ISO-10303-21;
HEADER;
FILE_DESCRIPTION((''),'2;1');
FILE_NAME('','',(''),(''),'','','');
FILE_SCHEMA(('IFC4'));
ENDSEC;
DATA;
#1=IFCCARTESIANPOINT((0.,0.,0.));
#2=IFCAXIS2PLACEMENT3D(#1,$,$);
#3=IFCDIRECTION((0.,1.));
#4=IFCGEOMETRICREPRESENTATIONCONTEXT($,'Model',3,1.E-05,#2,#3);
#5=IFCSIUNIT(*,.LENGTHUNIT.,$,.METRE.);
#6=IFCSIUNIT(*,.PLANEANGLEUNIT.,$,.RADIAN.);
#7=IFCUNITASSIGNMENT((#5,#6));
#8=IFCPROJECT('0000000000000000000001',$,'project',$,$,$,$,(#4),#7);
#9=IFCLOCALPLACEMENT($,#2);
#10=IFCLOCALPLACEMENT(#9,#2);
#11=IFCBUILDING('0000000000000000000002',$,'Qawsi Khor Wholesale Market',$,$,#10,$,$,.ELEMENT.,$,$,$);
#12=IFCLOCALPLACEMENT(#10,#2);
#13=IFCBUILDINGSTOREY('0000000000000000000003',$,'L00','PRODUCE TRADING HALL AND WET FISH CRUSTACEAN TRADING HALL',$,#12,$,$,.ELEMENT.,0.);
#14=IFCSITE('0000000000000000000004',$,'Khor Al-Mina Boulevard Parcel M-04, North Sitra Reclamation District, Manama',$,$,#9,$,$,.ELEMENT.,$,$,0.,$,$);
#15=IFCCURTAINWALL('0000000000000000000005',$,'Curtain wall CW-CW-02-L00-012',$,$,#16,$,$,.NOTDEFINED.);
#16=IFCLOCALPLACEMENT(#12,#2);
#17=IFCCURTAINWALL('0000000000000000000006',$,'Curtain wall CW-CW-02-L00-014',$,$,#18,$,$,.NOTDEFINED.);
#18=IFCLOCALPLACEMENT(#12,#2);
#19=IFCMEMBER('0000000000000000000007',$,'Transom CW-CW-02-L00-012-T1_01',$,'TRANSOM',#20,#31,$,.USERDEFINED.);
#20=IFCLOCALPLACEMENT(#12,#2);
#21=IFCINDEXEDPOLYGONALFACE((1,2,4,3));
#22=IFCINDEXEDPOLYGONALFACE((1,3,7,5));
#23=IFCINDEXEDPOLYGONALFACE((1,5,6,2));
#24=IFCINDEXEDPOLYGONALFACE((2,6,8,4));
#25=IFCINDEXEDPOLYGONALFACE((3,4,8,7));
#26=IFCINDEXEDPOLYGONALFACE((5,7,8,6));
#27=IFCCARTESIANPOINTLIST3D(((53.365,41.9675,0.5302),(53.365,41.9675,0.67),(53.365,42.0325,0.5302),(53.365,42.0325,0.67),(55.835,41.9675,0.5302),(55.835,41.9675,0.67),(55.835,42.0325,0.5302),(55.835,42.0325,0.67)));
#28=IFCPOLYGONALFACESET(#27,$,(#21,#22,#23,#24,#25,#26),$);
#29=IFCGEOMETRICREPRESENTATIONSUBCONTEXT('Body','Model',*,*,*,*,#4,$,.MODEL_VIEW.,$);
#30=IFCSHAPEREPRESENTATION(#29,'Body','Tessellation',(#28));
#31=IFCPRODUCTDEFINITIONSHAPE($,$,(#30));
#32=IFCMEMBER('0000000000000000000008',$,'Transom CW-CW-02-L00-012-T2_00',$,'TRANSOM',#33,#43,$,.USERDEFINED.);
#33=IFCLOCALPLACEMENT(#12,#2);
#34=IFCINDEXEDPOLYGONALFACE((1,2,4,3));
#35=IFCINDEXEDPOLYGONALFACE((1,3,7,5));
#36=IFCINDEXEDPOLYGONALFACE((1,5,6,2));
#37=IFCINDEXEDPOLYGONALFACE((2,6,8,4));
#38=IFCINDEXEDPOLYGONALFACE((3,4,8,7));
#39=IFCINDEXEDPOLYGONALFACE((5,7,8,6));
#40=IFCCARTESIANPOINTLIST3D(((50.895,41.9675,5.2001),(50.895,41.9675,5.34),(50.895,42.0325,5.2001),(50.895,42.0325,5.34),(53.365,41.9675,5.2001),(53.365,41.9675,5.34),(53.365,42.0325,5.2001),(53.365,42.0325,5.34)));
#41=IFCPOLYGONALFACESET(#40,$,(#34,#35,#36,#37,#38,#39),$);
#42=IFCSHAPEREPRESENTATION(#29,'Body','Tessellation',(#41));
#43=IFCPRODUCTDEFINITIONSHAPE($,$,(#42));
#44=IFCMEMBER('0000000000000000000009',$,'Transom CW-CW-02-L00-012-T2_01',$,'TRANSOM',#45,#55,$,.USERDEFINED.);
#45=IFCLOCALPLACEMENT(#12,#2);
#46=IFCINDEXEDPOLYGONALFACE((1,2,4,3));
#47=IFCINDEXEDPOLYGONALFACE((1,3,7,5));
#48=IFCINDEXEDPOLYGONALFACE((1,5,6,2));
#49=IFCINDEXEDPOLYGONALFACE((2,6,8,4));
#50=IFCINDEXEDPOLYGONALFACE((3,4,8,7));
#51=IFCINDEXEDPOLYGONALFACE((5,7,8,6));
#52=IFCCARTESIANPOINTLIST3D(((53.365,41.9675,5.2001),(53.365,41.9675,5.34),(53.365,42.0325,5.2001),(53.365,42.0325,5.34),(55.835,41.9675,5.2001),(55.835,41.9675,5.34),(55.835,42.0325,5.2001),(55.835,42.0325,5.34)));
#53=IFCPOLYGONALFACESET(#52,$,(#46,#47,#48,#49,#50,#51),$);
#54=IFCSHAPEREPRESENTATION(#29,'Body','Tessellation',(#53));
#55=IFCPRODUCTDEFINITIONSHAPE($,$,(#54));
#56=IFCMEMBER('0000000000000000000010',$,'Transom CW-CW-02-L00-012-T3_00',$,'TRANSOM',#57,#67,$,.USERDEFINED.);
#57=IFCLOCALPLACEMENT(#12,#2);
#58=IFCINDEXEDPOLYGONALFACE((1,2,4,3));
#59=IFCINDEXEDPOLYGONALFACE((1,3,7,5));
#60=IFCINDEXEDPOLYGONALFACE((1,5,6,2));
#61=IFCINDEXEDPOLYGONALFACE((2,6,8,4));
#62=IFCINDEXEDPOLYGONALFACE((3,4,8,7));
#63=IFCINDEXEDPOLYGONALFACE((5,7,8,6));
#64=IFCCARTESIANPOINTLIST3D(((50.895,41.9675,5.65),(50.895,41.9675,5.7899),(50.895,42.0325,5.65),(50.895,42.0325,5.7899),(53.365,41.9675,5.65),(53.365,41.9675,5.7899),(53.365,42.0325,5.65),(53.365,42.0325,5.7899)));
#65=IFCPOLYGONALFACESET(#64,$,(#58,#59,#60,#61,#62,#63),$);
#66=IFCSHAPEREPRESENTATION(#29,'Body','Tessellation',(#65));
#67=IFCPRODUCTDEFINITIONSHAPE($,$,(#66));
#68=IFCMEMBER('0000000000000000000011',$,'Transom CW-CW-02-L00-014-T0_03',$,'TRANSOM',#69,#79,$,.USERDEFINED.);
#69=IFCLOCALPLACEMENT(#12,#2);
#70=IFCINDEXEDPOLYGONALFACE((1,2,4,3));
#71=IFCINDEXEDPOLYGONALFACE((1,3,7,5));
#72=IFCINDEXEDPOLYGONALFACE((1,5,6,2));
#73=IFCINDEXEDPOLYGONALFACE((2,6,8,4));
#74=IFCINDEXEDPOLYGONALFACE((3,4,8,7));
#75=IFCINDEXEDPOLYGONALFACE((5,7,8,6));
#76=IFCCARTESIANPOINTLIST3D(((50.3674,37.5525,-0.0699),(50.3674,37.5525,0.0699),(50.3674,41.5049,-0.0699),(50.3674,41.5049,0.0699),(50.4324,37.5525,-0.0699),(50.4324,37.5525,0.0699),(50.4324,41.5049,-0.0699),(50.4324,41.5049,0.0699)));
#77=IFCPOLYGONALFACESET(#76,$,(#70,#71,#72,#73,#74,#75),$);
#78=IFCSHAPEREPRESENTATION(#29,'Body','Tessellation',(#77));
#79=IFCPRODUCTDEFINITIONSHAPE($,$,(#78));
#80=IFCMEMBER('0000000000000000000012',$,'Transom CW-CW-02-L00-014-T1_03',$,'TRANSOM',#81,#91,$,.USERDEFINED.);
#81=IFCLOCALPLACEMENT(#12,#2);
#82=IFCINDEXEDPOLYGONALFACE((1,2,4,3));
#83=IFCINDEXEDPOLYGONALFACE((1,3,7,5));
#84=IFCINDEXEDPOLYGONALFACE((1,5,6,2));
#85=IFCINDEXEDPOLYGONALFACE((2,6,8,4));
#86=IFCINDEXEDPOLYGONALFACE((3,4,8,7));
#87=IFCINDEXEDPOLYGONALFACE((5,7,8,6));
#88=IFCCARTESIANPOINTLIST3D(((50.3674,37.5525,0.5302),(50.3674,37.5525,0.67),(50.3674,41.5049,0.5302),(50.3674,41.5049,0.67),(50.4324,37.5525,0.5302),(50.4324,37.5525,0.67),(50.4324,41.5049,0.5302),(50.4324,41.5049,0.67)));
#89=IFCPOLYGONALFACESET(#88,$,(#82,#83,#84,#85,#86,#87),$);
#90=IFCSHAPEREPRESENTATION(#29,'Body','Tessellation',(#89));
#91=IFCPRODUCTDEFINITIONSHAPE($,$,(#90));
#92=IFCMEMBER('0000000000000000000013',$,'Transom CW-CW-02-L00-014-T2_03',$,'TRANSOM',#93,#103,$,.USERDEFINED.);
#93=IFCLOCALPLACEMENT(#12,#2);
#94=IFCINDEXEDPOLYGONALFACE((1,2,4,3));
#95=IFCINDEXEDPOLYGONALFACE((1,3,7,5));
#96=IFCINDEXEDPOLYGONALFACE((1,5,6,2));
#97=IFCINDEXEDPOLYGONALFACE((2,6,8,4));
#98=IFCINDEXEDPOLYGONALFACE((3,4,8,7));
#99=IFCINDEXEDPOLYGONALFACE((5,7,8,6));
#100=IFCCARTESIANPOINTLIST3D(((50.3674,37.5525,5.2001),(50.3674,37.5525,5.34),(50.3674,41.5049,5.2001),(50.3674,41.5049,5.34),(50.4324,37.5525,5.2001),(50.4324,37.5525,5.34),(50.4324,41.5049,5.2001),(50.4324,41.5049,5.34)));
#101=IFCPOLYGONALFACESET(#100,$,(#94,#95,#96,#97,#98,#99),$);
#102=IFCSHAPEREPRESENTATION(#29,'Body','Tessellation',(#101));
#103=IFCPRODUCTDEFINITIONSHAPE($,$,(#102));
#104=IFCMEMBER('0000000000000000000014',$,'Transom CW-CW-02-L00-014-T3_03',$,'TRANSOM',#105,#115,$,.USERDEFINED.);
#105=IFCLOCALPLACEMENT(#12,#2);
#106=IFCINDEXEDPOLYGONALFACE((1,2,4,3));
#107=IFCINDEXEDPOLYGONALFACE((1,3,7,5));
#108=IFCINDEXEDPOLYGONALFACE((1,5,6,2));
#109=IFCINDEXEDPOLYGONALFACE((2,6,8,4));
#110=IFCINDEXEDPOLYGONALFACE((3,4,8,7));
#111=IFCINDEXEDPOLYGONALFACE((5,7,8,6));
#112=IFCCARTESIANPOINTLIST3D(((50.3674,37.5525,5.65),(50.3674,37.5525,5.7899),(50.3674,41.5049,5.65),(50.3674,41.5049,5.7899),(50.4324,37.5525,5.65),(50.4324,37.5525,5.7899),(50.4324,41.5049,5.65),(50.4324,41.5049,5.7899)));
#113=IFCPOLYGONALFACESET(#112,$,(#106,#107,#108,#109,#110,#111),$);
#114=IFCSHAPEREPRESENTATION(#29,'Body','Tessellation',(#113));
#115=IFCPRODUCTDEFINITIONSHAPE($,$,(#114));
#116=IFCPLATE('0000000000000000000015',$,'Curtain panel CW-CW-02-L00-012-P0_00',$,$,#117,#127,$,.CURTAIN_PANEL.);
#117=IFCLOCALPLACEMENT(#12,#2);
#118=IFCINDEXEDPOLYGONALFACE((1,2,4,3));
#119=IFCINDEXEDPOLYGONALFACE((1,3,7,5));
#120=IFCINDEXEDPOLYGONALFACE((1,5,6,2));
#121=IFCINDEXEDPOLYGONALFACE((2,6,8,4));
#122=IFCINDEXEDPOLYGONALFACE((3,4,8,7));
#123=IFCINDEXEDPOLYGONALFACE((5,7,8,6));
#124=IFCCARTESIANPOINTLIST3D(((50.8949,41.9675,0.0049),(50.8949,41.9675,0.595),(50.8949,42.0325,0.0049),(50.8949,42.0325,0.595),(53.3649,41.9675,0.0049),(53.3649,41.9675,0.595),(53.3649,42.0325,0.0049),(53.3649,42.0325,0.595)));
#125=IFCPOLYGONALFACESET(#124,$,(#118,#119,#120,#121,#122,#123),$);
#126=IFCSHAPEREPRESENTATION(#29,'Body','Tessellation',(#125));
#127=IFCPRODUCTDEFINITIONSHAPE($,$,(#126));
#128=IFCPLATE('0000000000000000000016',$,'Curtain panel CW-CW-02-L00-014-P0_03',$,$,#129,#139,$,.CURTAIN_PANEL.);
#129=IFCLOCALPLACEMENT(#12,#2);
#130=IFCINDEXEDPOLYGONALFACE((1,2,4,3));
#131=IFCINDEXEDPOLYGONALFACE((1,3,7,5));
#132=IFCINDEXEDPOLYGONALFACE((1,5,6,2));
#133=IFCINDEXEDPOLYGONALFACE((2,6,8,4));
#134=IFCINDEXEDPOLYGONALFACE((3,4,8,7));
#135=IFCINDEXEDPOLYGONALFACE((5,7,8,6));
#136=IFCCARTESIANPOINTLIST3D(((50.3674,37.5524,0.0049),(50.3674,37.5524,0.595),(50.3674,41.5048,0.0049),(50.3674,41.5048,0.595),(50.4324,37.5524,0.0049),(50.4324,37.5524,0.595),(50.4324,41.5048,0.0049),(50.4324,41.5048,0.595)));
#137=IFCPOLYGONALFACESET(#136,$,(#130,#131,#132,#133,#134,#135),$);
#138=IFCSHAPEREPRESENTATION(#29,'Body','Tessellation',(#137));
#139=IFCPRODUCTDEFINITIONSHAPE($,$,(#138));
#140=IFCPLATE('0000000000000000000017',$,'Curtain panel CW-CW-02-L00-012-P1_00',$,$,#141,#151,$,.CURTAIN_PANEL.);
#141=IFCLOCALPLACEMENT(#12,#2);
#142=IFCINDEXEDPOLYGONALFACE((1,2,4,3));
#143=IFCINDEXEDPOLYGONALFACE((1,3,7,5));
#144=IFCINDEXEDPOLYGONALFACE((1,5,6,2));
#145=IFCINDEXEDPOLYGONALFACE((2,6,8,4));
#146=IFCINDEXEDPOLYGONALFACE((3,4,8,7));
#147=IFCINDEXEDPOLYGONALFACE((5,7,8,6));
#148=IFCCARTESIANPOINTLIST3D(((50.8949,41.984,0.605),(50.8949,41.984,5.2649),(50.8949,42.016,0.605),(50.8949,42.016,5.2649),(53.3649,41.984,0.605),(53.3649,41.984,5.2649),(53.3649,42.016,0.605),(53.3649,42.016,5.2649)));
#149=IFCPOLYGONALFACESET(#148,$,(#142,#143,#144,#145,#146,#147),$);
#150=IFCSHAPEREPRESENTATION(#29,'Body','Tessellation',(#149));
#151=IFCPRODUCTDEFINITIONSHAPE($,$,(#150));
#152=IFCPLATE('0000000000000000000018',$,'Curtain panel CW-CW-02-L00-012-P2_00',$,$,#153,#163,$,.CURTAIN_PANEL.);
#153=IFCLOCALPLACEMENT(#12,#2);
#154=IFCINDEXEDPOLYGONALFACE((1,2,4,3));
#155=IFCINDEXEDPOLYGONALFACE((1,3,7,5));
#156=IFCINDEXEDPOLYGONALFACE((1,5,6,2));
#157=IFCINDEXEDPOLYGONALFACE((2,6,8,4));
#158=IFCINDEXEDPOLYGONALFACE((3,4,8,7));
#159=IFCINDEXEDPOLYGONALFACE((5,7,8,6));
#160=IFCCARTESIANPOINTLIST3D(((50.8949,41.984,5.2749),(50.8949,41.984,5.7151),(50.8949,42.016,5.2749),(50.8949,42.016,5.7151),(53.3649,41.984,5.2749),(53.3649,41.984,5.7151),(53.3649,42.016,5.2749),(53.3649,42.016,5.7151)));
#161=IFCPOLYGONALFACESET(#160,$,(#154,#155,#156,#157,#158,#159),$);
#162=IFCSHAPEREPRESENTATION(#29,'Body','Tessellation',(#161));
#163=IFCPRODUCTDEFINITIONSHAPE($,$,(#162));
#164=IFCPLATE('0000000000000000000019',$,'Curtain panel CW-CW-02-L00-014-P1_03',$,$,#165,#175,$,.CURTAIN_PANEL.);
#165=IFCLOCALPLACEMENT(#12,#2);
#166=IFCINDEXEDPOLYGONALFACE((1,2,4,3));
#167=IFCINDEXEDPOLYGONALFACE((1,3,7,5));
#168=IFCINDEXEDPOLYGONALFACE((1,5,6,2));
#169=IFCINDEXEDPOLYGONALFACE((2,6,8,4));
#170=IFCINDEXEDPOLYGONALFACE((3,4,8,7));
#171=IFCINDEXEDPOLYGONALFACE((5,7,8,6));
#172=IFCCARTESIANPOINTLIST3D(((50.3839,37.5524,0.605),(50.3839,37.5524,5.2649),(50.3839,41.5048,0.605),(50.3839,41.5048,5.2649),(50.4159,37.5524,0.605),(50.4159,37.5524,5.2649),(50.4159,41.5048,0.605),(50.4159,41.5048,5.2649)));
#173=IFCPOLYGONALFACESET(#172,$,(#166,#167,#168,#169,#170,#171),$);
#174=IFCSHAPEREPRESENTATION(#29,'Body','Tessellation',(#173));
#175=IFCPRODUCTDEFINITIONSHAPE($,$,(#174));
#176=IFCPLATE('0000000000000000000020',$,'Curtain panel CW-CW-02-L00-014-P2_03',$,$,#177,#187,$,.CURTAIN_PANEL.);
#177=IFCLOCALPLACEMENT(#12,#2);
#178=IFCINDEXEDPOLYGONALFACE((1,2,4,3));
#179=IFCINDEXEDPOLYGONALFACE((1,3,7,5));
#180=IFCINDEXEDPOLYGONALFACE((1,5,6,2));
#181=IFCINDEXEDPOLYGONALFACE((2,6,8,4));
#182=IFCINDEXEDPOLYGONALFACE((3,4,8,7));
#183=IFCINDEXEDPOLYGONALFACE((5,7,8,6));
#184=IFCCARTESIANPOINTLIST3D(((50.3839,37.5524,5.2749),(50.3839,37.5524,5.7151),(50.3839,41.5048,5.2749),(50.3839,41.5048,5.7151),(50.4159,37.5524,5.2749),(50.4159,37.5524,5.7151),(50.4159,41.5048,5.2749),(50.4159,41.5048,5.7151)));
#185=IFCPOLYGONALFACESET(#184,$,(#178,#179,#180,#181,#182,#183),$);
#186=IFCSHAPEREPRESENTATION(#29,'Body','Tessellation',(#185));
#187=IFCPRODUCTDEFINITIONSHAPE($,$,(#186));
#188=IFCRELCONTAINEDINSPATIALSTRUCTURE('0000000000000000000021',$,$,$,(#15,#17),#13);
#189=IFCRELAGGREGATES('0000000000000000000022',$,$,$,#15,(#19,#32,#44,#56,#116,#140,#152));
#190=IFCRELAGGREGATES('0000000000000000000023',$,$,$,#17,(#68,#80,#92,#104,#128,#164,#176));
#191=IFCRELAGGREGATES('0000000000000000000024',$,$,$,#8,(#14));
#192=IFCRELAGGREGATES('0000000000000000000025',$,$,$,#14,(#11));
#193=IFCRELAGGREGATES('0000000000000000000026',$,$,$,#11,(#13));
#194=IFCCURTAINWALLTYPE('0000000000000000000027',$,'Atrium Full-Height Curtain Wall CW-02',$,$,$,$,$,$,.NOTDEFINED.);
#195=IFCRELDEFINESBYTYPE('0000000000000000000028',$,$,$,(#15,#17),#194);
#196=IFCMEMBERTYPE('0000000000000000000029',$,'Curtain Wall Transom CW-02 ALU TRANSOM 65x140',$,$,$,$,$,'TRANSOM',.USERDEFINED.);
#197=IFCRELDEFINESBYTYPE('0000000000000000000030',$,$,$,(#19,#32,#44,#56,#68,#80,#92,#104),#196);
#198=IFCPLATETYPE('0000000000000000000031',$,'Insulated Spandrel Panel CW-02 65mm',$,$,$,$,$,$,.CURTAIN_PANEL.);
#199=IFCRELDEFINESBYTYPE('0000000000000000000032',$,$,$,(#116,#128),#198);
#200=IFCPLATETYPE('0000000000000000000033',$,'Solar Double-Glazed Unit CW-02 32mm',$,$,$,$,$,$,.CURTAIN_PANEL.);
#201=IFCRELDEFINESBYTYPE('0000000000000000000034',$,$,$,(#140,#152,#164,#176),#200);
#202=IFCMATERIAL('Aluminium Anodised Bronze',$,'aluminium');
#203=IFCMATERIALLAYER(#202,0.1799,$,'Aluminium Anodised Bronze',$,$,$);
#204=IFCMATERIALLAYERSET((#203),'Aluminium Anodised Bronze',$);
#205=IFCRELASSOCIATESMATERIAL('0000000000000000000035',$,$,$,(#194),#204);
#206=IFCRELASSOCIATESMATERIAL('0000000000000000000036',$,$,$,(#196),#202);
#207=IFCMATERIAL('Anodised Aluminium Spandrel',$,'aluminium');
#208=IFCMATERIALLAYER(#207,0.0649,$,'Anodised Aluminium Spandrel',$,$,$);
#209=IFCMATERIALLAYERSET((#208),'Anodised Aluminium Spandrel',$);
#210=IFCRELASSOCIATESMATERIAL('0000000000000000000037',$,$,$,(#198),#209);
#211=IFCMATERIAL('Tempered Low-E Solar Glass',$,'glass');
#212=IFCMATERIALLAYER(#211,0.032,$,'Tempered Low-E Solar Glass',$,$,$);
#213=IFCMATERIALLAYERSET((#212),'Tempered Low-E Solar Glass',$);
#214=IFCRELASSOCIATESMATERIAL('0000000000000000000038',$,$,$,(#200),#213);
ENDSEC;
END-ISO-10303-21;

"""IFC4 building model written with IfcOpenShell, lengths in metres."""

from ifc_helpers import new_model, si_unit, direction, frame, frame_2d, origin, origin_2d, place, context, subcontext, project, spatial, rectangle, extrude, material, layer, layer_set, material_profile, profile_set, type_object, element, aggregate, save


model = new_model("IFC4")

# Units and contexts
model_context = context("Model", 3, precision=1e-05, world=origin(), true_north=direction((0.0, 1.0)))
body_context = subcontext(model_context, "Body", "Model", "MODEL_VIEW")
ifc_project = project(units=[si_unit("LENGTHUNIT", "METRE"), si_unit("PLANEANGLEUNIT", "RADIAN")], contexts=[model_context])

# Site, building, storey
site_placement = place(None, origin())
site = spatial("IfcSite", under=ifc_project, at=site_placement, Name="Khor Al-Mina Boulevard Parcel M-04, North Sitra Reclamation District, Manama", CompositionType="ELEMENT", RefElevation=0.0)
building_placement = place(site_placement, origin())
building = spatial("IfcBuilding", under=site, at=building_placement, Name="Qawsi Khor Wholesale Market", CompositionType="ELEMENT")
storey_placement = place(building_placement, origin())
storey = spatial("IfcBuildingStorey", under=building, at=storey_placement, Name="L00", Description="PRODUCE TRADING HALL AND WET FISH CRUSTACEAN TRADING HALL", CompositionType="ELEMENT", Elevation=0.0)

# Curtain walls
ifc_material_1 = material(Name="Aluminium Anodised Bronze", Category="aluminium")
ifc_layer_1 = layer(ifc_material_1, 0.1799, Name="Aluminium Anodised Bronze")
ifc_layer_set_1 = layer_set([ifc_layer_1], Name="Aluminium Anodised Bronze")
curtain_wall_type = type_object("IfcCurtainWallType", Name="Atrium Full-Height Curtain Wall CW-02", PredefinedType="NOTDEFINED", material=ifc_layer_set_1)
curtain_wall_1_placement = place(storey_placement, origin())
curtain_wall_1 = element("IfcCurtainWall", 1, at=curtain_wall_1_placement, inside=storey, type_object=curtain_wall_type, Name="Curtain wall CW-CW-02-L00-012", PredefinedType="NOTDEFINED")
curtain_wall_2_placement = place(storey_placement, origin())
curtain_wall_2 = element("IfcCurtainWall", 2, at=curtain_wall_2_placement, inside=storey, type_object=curtain_wall_type, Name="Curtain wall CW-CW-02-L00-014", PredefinedType="NOTDEFINED")

# Members
ifc_material_profile_1 = material_profile(ifc_material_1, rectangle(XDim=0.0649, YDim=0.1399, at=origin_2d()), Name="ALU TRANSOM 65x140")
ifc_profile_set_1 = profile_set([ifc_material_profile_1], Name="Aluminium Anodised Bronze")
member_type_1 = type_object("IfcMemberType", Name="Curtain Wall Transom CW-02 ALU TRANSOM 65x140", ElementType="TRANSOM", PredefinedType="USERDEFINED", material=ifc_profile_set_1)
member_1_placement = place(storey_placement, frame((53.365, 42.0, 0.6001), z_axis=(1.0, 0.0, 0.0), x_axis=(0.0, 1.0, 0.0)))
member_1 = element("IfcMember", 3, at=member_1_placement, type_object=member_type_1, Name="Transom CW-CW-02-L00-012-T1_01", ObjectType="TRANSOM", PredefinedType="USERDEFINED", context=body_context, shape_type="SweptSolid", body=[
    extrude(rectangle(XDim=0.0649, YDim=0.1399, at=origin_2d()), origin(), (0.0, 0.0, 1.0), 2.47),
])
member_2_placement = place(storey_placement, frame((50.895, 42.0, 5.27), z_axis=(1.0, 0.0, 0.0), x_axis=(0.0, 1.0, 0.0)))
member_2 = element("IfcMember", 4, at=member_2_placement, type_object=member_type_1, Name="Transom CW-CW-02-L00-012-T2_00", ObjectType="TRANSOM", PredefinedType="USERDEFINED", context=body_context, shape_type="SweptSolid", body=[
    extrude(rectangle(XDim=0.0649, YDim=0.1399, at=origin_2d()), origin(), (0.0, 0.0, 1.0), 2.47),
])
member_3_placement = place(storey_placement, frame((53.365, 42.0, 5.27), z_axis=(1.0, 0.0, 0.0), x_axis=(0.0, 1.0, 0.0)))
member_3 = element("IfcMember", 5, at=member_3_placement, type_object=member_type_1, Name="Transom CW-CW-02-L00-012-T2_01", ObjectType="TRANSOM", PredefinedType="USERDEFINED", context=body_context, shape_type="SweptSolid", body=[
    extrude(rectangle(XDim=0.0649, YDim=0.1399, at=origin_2d()), origin(), (0.0, 0.0, 1.0), 2.47),
])
member_4_placement = place(storey_placement, frame((50.895, 42.0, 5.72), z_axis=(1.0, 0.0, 0.0), x_axis=(0.0, 1.0, 0.0)))
member_4 = element("IfcMember", 6, at=member_4_placement, type_object=member_type_1, Name="Transom CW-CW-02-L00-012-T3_00", ObjectType="TRANSOM", PredefinedType="USERDEFINED", context=body_context, shape_type="SweptSolid", body=[
    extrude(rectangle(XDim=0.0649, YDim=0.1399, at=origin_2d()), origin(), (0.0, 0.0, 1.0), 2.47),
])
member_5_placement = place(storey_placement, frame((50.3999, 37.5525, 0.0), z_axis=(0.0, 1.0, 0.0), x_axis=(-1.0, 0.0, 0.0)))
member_5 = element("IfcMember", 7, at=member_5_placement, type_object=member_type_1, Name="Transom CW-CW-02-L00-014-T0_03", ObjectType="TRANSOM", PredefinedType="USERDEFINED", context=body_context, shape_type="SweptSolid", body=[
    extrude(rectangle(XDim=0.0649, YDim=0.1399, at=origin_2d()), origin(), (0.0, 0.0, 1.0), 3.9524),
])
member_6_placement = place(storey_placement, frame((50.3999, 37.5525, 0.6001), z_axis=(0.0, 1.0, 0.0), x_axis=(-1.0, 0.0, 0.0)))
member_6 = element("IfcMember", 8, at=member_6_placement, type_object=member_type_1, Name="Transom CW-CW-02-L00-014-T1_03", ObjectType="TRANSOM", PredefinedType="USERDEFINED", context=body_context, shape_type="SweptSolid", body=[
    extrude(rectangle(XDim=0.0649, YDim=0.1399, at=origin_2d()), origin(), (0.0, 0.0, 1.0), 3.9524),
])
member_7_placement = place(storey_placement, frame((50.3999, 37.5525, 5.27), z_axis=(0.0, 1.0, 0.0), x_axis=(-1.0, 0.0, 0.0)))
member_7 = element("IfcMember", 9, at=member_7_placement, type_object=member_type_1, Name="Transom CW-CW-02-L00-014-T2_03", ObjectType="TRANSOM", PredefinedType="USERDEFINED", context=body_context, shape_type="SweptSolid", body=[
    extrude(rectangle(XDim=0.0649, YDim=0.1399, at=origin_2d()), origin(), (0.0, 0.0, 1.0), 3.9524),
])
member_8_placement = place(storey_placement, frame((50.3999, 37.5525, 5.72), z_axis=(0.0, 1.0, 0.0), x_axis=(-1.0, 0.0, 0.0)))
member_8 = element("IfcMember", 10, at=member_8_placement, type_object=member_type_1, Name="Transom CW-CW-02-L00-014-T3_03", ObjectType="TRANSOM", PredefinedType="USERDEFINED", context=body_context, shape_type="SweptSolid", body=[
    extrude(rectangle(XDim=0.0649, YDim=0.1399, at=origin_2d()), origin(), (0.0, 0.0, 1.0), 3.9524),
])

# Plates
ifc_material_2 = material(Name="Anodised Aluminium Spandrel", Category="aluminium")
ifc_layer_2 = layer(ifc_material_2, 0.0649, Name="Anodised Aluminium Spandrel")
ifc_layer_set_2 = layer_set([ifc_layer_2], Name="Anodised Aluminium Spandrel")
plate_type_1 = type_object("IfcPlateType", Name="Insulated Spandrel Panel CW-02 65mm", PredefinedType="CURTAIN_PANEL", material=ifc_layer_set_2)
plate_1_placement = place(storey_placement, frame((50.895, 42.0, 0.0049), z_axis=(0.0, 0.0, 1.0), x_axis=(1.0, 0.0, 0.0)))
plate_1 = element("IfcPlate", 11, at=plate_1_placement, type_object=plate_type_1, Name="Curtain panel CW-CW-02-L00-012-P0_00", PredefinedType="CURTAIN_PANEL", context=body_context, shape_type="SweptSolid", body=[
    extrude(rectangle(XDim=2.47, YDim=0.0649, at=frame_2d((1.2349, 0.0))), origin(), (0.0, 0.0, 1.0), 0.5901),
])
plate_2_placement = place(storey_placement, frame((50.3999, 37.5525, 0.0049), z_axis=(0.0, 0.0, 1.0), x_axis=(0.0, 1.0, 0.0)))
plate_2 = element("IfcPlate", 12, at=plate_2_placement, type_object=plate_type_1, Name="Curtain panel CW-CW-02-L00-014-P0_03", PredefinedType="CURTAIN_PANEL", context=body_context, shape_type="SweptSolid", body=[
    extrude(rectangle(XDim=3.9524, YDim=0.0649, at=frame_2d((1.9761, 0.0))), origin(), (0.0, 0.0, 1.0), 0.5901),
])
ifc_material_3 = material(Name="Tempered Low-E Solar Glass", Category="glass")
ifc_layer_3 = layer(ifc_material_3, 0.032, Name="Tempered Low-E Solar Glass")
ifc_layer_set_3 = layer_set([ifc_layer_3], Name="Tempered Low-E Solar Glass")
plate_type_2 = type_object("IfcPlateType", Name="Solar Double-Glazed Unit CW-02 32mm", PredefinedType="CURTAIN_PANEL", material=ifc_layer_set_3)
plate_3_placement = place(storey_placement, frame((50.895, 42.0, 0.605), z_axis=(0.0, 0.0, 1.0), x_axis=(1.0, 0.0, 0.0)))
plate_3 = element("IfcPlate", 13, at=plate_3_placement, type_object=plate_type_2, Name="Curtain panel CW-CW-02-L00-012-P1_00", PredefinedType="CURTAIN_PANEL", context=body_context, shape_type="SweptSolid", body=[
    extrude(rectangle(XDim=2.47, YDim=0.032, at=frame_2d((1.2349, 0.0))), origin(), (0.0, 0.0, 1.0), 4.6599),
])
plate_4_placement = place(storey_placement, frame((50.895, 42.0, 5.2749), z_axis=(0.0, 0.0, 1.0), x_axis=(1.0, 0.0, 0.0)))
plate_4 = element("IfcPlate", 14, at=plate_4_placement, type_object=plate_type_2, Name="Curtain panel CW-CW-02-L00-012-P2_00", PredefinedType="CURTAIN_PANEL", context=body_context, shape_type="SweptSolid", body=[
    extrude(rectangle(XDim=2.47, YDim=0.032, at=frame_2d((1.2349, 0.0))), origin(), (0.0, 0.0, 1.0), 0.4402),
])
aggregate(curtain_wall_1, [member_1, member_2, member_3, member_4, plate_1, plate_3, plate_4])
plate_5_placement = place(storey_placement, frame((50.3999, 37.5525, 0.605), z_axis=(0.0, 0.0, 1.0), x_axis=(0.0, 1.0, 0.0)))
plate_5 = element("IfcPlate", 15, at=plate_5_placement, type_object=plate_type_2, Name="Curtain panel CW-CW-02-L00-014-P1_03", PredefinedType="CURTAIN_PANEL", context=body_context, shape_type="SweptSolid", body=[
    extrude(rectangle(XDim=3.9524, YDim=0.032, at=frame_2d((1.9761, 0.0))), origin(), (0.0, 0.0, 1.0), 4.6599),
])
plate_6_placement = place(storey_placement, frame((50.3999, 37.5525, 5.2749), z_axis=(0.0, 0.0, 1.0), x_axis=(0.0, 1.0, 0.0)))
plate_6 = element("IfcPlate", 16, at=plate_6_placement, type_object=plate_type_2, Name="Curtain panel CW-CW-02-L00-014-P2_03", PredefinedType="CURTAIN_PANEL", context=body_context, shape_type="SweptSolid", body=[
    extrude(rectangle(XDim=3.9524, YDim=0.032, at=frame_2d((1.9761, 0.0))), origin(), (0.0, 0.0, 1.0), 0.4402),
])
aggregate(curtain_wall_2, [member_5, member_6, member_7, member_8, plate_2, plate_5, plate_6])

save(model, "model.ifc")
